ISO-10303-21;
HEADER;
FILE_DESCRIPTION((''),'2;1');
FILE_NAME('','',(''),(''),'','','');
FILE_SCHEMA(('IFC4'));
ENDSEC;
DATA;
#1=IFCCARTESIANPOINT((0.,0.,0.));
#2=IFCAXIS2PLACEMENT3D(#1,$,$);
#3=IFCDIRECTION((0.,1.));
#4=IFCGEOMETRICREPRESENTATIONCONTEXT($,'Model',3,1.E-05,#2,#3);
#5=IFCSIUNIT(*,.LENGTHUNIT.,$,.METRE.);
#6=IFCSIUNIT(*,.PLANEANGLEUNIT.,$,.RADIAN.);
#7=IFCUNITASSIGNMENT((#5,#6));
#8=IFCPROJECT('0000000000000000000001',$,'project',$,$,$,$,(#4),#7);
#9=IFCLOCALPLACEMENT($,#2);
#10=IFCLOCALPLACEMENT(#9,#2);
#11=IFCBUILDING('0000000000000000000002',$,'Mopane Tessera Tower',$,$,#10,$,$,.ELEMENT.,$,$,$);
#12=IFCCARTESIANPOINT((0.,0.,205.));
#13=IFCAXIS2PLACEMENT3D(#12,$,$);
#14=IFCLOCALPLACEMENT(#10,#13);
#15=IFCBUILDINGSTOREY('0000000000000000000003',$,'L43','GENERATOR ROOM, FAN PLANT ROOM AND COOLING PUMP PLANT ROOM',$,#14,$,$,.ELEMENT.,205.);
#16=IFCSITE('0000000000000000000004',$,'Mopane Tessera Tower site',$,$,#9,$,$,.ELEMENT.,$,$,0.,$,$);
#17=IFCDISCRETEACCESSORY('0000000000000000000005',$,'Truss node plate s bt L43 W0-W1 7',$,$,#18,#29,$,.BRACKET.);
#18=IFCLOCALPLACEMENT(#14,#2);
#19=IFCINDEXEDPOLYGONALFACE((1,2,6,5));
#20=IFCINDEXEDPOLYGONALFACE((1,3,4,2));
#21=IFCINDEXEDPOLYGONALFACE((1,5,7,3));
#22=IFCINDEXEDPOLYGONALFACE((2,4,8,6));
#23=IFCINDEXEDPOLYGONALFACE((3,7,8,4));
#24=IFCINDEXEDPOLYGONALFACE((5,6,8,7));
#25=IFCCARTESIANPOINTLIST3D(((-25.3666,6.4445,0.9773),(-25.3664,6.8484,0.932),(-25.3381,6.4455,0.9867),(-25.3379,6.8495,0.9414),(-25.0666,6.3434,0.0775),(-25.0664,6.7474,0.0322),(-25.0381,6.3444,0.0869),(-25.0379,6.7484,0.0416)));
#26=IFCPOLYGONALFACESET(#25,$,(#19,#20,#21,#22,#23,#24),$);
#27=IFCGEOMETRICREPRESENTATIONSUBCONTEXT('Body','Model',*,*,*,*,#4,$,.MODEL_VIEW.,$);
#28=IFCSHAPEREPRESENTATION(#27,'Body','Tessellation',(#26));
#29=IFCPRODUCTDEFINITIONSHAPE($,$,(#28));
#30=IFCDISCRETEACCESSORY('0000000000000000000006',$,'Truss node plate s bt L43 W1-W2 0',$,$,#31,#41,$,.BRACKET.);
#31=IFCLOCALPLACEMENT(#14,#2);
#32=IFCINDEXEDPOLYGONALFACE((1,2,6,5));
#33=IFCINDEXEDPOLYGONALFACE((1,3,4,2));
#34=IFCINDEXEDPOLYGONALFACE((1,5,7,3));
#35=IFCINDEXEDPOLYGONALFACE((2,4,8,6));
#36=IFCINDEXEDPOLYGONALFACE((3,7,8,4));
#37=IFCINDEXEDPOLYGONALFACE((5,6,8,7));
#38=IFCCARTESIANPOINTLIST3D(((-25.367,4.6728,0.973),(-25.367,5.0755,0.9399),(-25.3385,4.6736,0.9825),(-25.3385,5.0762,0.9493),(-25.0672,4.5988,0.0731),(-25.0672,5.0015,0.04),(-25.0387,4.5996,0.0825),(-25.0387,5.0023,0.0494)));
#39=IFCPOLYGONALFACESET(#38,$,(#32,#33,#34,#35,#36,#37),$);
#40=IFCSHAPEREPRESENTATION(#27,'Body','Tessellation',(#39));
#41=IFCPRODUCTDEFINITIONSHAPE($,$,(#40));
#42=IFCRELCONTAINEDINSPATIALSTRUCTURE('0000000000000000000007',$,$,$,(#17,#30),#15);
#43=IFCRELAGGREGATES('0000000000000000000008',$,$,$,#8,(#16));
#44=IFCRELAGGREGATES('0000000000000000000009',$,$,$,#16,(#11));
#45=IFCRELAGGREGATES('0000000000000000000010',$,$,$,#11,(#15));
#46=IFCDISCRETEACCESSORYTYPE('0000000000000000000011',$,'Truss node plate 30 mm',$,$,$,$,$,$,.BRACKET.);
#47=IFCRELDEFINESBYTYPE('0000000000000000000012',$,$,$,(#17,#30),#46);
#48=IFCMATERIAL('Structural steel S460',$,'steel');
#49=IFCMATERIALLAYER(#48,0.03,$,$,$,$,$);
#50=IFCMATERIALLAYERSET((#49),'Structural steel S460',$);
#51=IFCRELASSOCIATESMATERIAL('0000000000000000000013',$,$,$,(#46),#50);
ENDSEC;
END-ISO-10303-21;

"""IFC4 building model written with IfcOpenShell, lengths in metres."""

from ifc_helpers import new_model, si_unit, direction, frame, origin, origin_2d, place, context, subcontext, project, spatial, rectangle, extrude, material, layer, layer_set, type_object, element, save


model = new_model("IFC4")

# Units and contexts
model_context = context("Model", 3, precision=1e-05, world=origin(), true_north=direction((0.0, 1.0)))
body_context = subcontext(model_context, "Body", "Model", "MODEL_VIEW")
ifc_project = project(units=[si_unit("LENGTHUNIT", "METRE"), si_unit("PLANEANGLEUNIT", "RADIAN")], contexts=[model_context])

# Site, building, storey
site_placement = place(None, origin())
site = spatial("IfcSite", under=ifc_project, at=site_placement, Name="Mopane Tessera Tower site", CompositionType="ELEMENT", RefElevation=0.0)
building_placement = place(site_placement, origin())
building = spatial("IfcBuilding", under=site, at=building_placement, Name="Mopane Tessera Tower", CompositionType="ELEMENT")
storey_placement = place(building_placement, frame((0.0, 0.0, 205.0)))
storey = spatial("IfcBuildingStorey", under=building, at=storey_placement, Name="L43", Description="GENERATOR ROOM, FAN PLANT ROOM AND COOLING PUMP PLANT ROOM", CompositionType="ELEMENT", Elevation=205.0)

# Discrete accessories
ifc_material_1 = material(Name="Structural steel S460", Category="steel")
ifc_layer_1 = layer(ifc_material_1, 0.03)
ifc_layer_set_1 = layer_set([ifc_layer_1], Name="Structural steel S460")
discrete_accessory_type = type_object("IfcDiscreteAccessoryType", Name="Truss node plate 30 mm", PredefinedType="BRACKET", material=ifc_layer_set_1)
discrete_accessory_1_placement = place(storey_placement, frame((-25.0522, 6.5459, 0.0596), z_axis=(-0.314525, 0.105951, 0.943318), x_axis=(0.949249, 0.034794, 0.312594)))
element("IfcDiscreteAccessory", 1, at=discrete_accessory_1_placement, inside=storey, type_object=discrete_accessory_type, Name="Truss node plate s bt L43 W0-W1 7", PredefinedType="BRACKET", context=body_context, shape_type="SweptSolid", body=[
    extrude(rectangle(XDim=0.03, YDim=0.4065, at=origin_2d()), origin(), (0.0, 0.0, 1.0), 0.9539),
])
discrete_accessory_2_placement = place(storey_placement, frame((-25.053, 4.8005, 0.0613), z_axis=(-0.315116, 0.077753, 0.945863), x_axis=(0.949053, 0.025875, 0.314052)))
element("IfcDiscreteAccessory", 2, at=discrete_accessory_2_placement, inside=storey, type_object=discrete_accessory_type, Name="Truss node plate s bt L43 W1-W2 0", PredefinedType="BRACKET", context=body_context, shape_type="SweptSolid", body=[
    extrude(rectangle(XDim=0.03, YDim=0.4041, at=origin_2d()), origin(), (0.0, 0.0, 1.0), 0.9514),
])

save(model, "model.ifc")
